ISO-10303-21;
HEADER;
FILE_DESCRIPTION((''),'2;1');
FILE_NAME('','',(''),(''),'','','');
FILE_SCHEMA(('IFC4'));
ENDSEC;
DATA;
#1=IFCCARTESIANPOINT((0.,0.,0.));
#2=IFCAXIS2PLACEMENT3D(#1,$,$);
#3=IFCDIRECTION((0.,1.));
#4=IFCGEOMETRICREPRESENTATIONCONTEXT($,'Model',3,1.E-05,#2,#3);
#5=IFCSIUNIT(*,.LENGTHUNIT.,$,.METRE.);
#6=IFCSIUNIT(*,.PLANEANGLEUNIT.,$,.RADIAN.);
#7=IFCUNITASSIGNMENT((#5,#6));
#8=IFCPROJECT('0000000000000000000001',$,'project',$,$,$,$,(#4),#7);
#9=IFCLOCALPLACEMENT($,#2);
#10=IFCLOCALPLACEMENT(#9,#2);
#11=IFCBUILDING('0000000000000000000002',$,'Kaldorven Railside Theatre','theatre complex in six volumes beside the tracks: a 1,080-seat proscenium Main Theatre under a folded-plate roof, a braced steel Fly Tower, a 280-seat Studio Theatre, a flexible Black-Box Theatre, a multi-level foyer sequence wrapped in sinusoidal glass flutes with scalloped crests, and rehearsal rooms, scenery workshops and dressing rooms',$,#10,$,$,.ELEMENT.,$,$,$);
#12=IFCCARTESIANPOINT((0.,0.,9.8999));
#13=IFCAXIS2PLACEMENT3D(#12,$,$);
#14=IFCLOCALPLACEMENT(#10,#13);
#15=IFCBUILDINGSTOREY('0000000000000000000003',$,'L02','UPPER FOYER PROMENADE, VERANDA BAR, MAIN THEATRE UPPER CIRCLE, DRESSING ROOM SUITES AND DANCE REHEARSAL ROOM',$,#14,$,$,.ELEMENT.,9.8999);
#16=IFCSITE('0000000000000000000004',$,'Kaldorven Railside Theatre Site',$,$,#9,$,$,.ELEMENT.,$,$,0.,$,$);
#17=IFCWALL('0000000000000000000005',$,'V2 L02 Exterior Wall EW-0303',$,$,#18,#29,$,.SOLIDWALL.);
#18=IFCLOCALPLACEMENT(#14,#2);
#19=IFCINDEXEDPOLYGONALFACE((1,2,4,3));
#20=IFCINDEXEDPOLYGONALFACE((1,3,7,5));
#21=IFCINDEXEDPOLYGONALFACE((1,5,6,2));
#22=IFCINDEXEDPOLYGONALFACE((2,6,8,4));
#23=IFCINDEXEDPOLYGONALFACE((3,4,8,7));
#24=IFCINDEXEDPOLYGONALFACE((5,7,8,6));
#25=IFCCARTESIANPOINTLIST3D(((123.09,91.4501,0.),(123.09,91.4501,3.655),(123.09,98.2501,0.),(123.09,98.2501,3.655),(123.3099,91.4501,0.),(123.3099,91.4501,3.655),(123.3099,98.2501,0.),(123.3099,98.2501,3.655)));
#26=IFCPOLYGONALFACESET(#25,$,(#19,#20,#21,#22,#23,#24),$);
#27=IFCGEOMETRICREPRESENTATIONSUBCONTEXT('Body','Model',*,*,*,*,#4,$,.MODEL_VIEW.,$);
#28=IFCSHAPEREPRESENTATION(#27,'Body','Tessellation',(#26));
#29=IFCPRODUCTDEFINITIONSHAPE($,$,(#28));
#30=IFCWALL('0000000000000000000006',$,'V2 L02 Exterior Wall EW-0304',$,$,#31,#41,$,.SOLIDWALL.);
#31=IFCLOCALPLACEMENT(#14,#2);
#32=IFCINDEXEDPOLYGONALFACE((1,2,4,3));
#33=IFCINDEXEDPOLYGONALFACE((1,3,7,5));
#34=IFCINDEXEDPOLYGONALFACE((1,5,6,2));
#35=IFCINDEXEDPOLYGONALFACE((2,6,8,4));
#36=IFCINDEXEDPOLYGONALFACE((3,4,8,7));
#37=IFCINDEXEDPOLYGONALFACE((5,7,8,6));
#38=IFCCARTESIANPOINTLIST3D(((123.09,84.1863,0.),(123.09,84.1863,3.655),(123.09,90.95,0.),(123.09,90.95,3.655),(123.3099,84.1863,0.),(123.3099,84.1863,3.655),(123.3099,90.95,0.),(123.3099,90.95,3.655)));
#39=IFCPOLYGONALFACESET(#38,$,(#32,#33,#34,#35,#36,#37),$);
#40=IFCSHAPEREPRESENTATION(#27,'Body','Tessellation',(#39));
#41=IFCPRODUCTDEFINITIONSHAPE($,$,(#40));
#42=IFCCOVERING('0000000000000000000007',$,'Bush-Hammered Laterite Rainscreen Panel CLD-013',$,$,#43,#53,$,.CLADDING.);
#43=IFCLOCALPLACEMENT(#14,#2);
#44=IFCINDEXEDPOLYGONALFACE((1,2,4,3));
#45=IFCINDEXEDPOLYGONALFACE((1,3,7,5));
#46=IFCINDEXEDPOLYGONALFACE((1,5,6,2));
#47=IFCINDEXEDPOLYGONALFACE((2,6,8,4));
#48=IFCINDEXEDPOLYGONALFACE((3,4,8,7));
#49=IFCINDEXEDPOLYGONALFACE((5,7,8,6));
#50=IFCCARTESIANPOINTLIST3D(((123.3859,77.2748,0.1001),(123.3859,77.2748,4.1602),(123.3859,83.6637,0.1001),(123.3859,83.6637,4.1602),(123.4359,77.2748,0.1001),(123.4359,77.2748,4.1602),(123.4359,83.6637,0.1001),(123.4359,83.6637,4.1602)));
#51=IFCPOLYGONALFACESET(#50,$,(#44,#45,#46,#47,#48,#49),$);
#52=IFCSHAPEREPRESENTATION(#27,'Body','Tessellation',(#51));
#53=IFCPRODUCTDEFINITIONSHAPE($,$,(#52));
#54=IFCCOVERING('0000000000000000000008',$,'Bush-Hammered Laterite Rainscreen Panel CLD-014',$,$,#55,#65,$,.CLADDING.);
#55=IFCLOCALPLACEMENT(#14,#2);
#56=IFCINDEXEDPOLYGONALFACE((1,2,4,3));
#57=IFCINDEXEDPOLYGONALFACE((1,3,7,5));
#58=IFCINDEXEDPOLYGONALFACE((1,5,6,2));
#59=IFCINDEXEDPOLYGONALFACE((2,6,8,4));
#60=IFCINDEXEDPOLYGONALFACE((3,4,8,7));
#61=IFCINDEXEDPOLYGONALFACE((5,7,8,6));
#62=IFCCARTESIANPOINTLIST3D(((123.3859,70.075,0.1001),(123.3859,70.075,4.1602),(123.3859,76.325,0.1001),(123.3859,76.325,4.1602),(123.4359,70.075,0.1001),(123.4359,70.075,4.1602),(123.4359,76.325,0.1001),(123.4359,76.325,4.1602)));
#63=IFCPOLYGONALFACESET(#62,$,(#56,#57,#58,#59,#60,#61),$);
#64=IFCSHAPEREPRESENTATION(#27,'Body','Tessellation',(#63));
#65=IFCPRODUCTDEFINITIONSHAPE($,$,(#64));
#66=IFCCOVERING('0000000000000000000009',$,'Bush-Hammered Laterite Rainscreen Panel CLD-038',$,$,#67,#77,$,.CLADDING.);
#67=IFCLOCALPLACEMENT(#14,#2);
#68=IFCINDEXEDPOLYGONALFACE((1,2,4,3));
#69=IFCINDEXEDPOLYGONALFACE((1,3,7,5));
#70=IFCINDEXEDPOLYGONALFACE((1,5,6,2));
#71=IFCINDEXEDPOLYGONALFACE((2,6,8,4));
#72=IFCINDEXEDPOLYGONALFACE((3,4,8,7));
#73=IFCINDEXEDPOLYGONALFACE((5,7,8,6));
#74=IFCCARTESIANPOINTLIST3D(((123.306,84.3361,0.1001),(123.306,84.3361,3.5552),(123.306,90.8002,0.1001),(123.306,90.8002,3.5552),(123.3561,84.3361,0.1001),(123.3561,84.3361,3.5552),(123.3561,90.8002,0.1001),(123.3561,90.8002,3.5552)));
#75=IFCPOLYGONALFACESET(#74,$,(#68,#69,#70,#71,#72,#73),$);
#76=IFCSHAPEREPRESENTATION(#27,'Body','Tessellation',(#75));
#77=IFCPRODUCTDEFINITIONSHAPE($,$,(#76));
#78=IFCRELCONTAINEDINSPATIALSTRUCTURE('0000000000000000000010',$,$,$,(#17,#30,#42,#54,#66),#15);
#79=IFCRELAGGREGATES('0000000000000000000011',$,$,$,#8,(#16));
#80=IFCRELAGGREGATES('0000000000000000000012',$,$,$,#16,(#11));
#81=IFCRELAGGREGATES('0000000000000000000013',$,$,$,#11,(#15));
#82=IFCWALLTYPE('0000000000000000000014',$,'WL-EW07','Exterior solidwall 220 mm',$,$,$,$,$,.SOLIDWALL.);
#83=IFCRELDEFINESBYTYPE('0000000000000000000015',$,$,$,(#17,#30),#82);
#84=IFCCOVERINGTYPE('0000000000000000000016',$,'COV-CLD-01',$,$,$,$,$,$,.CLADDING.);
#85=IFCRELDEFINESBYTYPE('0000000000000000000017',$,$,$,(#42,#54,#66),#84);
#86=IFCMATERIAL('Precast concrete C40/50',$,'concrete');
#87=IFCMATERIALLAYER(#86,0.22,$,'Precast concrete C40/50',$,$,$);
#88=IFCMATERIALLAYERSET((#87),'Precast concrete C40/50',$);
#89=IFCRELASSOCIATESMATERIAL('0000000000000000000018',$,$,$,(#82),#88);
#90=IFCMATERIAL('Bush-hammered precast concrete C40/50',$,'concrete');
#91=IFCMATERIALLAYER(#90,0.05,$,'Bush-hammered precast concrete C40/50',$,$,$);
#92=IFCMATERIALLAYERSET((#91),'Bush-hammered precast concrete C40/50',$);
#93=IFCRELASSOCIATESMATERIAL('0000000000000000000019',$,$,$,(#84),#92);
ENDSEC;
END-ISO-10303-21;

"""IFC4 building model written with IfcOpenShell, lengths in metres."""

from ifc_helpers import new_model, si_unit, direction, frame, frame_2d, origin, origin_2d, place, context, subcontext, project, spatial, rectangle, extrude, material, layer, layer_set, type_object, element, save


model = new_model("IFC4")

# Units and contexts
model_context = context("Model", 3, precision=1e-05, world=origin(), true_north=direction((0.0, 1.0)))
body_context = subcontext(model_context, "Body", "Model", "MODEL_VIEW")
ifc_project = project(units=[si_unit("LENGTHUNIT", "METRE"), si_unit("PLANEANGLEUNIT", "RADIAN")], contexts=[model_context])

# Site, building, storey
site_placement = place(None, origin())
site = spatial("IfcSite", under=ifc_project, at=site_placement, Name="Kaldorven Railside Theatre Site", CompositionType="ELEMENT", RefElevation=0.0)
building_placement = place(site_placement, origin())
building = spatial("IfcBuilding", under=site, at=building_placement, Name="Kaldorven Railside Theatre", Description="theatre complex in six volumes beside the tracks: a 1,080-seat proscenium Main Theatre under a folded-plate roof, a braced steel Fly Tower, a 280-seat Studio Theatre, a flexible Black-Box Theatre, a multi-level foyer sequence wrapped in sinusoidal glass flutes with scalloped crests, and rehearsal rooms, scenery workshops and dressing rooms", CompositionType="ELEMENT")
storey_placement = place(building_placement, frame((0.0, 0.0, 9.8999)))
storey = spatial("IfcBuildingStorey", under=building, at=storey_placement, Name="L02", Description="UPPER FOYER PROMENADE, VERANDA BAR, MAIN THEATRE UPPER CIRCLE, DRESSING ROOM SUITES AND DANCE REHEARSAL ROOM", CompositionType="ELEMENT", Elevation=9.8999)

# Walls
ifc_material_1 = material(Name="Precast concrete C40/50", Category="concrete")
ifc_layer_1 = layer(ifc_material_1, 0.22, Name="Precast concrete C40/50")
ifc_layer_set_1 = layer_set([ifc_layer_1], Name="Precast concrete C40/50")
wall_type_1 = type_object("IfcWallType", Name="WL-EW07", Description="Exterior solidwall 220 mm", PredefinedType="SOLIDWALL", material=ifc_layer_set_1)
wall_1_placement = place(storey_placement, frame((123.2, 98.25, 0.0), z_axis=(0.0, 0.0, 1.0), x_axis=(0.0, -1.0, 0.0)))
element("IfcWall", 1, at=wall_1_placement, inside=storey, type_object=wall_type_1, Name="V2 L02 Exterior Wall EW-0303", PredefinedType="SOLIDWALL", context=body_context, shape_type="SweptSolid", body=[
    extrude(rectangle(XDim=6.8, YDim=0.22, at=frame_2d((3.3999, 0.0))), origin(), (0.0, 0.0, 1.0), 3.655),
])
wall_2_placement = place(storey_placement, frame((123.2, 90.95, 0.0), z_axis=(0.0, 0.0, 1.0), x_axis=(0.0, -1.0, 0.0)))
element("IfcWall", 2, at=wall_2_placement, inside=storey, type_object=wall_type_1, Name="V2 L02 Exterior Wall EW-0304", PredefinedType="SOLIDWALL", context=body_context, shape_type="SweptSolid", body=[
    extrude(rectangle(XDim=6.7637, YDim=0.22, at=frame_2d((3.3818, 0.0))), origin(), (0.0, 0.0, 1.0), 3.655),
])

# Coverings
ifc_material_2 = material(Name="Bush-hammered precast concrete C40/50", Category="concrete")
ifc_layer_2 = layer(ifc_material_2, 0.05, Name="Bush-hammered precast concrete C40/50")
ifc_layer_set_2 = layer_set([ifc_layer_2], Name="Bush-hammered precast concrete C40/50")
covering_type = type_object("IfcCoveringType", Name="COV-CLD-01", PredefinedType="CLADDING", material=ifc_layer_set_2)
covering_1_placement = place(storey_placement, frame((123.4109, 80.4692, 0.1001), z_axis=(0.0, 0.0, 1.0), x_axis=(0.0, -1.0, 0.0)))
element("IfcCovering", 3, at=covering_1_placement, inside=storey, type_object=covering_type, Name="Bush-Hammered Laterite Rainscreen Panel CLD-013", PredefinedType="CLADDING", context=body_context, shape_type="SweptSolid", body=[
    extrude(rectangle(XDim=6.3889, YDim=0.05, at=origin_2d()), origin(), (0.0, 0.0, 1.0), 4.0601),
])
covering_2_placement = place(storey_placement, frame((123.4109, 73.2, 0.1001), z_axis=(0.0, 0.0, 1.0), x_axis=(0.0, -1.0, 0.0)))
element("IfcCovering", 4, at=covering_2_placement, inside=storey, type_object=covering_type, Name="Bush-Hammered Laterite Rainscreen Panel CLD-014", PredefinedType="CLADDING", context=body_context, shape_type="SweptSolid", body=[
    extrude(rectangle(XDim=6.25, YDim=0.05, at=origin_2d()), origin(), (0.0, 0.0, 1.0), 4.0601),
])
covering_3_placement = place(storey_placement, frame((123.3311, 87.5681, 0.1001), z_axis=(0.0, 0.0, 1.0), x_axis=(0.0, -1.0, 0.0)))
element("IfcCovering", 5, at=covering_3_placement, inside=storey, type_object=covering_type, Name="Bush-Hammered Laterite Rainscreen Panel CLD-038", PredefinedType="CLADDING", context=body_context, shape_type="SweptSolid", body=[
    extrude(rectangle(XDim=6.4641, YDim=0.05, at=origin_2d()), origin(), (0.0, 0.0, 1.0), 3.4551),
])

save(model, "model.ifc")
